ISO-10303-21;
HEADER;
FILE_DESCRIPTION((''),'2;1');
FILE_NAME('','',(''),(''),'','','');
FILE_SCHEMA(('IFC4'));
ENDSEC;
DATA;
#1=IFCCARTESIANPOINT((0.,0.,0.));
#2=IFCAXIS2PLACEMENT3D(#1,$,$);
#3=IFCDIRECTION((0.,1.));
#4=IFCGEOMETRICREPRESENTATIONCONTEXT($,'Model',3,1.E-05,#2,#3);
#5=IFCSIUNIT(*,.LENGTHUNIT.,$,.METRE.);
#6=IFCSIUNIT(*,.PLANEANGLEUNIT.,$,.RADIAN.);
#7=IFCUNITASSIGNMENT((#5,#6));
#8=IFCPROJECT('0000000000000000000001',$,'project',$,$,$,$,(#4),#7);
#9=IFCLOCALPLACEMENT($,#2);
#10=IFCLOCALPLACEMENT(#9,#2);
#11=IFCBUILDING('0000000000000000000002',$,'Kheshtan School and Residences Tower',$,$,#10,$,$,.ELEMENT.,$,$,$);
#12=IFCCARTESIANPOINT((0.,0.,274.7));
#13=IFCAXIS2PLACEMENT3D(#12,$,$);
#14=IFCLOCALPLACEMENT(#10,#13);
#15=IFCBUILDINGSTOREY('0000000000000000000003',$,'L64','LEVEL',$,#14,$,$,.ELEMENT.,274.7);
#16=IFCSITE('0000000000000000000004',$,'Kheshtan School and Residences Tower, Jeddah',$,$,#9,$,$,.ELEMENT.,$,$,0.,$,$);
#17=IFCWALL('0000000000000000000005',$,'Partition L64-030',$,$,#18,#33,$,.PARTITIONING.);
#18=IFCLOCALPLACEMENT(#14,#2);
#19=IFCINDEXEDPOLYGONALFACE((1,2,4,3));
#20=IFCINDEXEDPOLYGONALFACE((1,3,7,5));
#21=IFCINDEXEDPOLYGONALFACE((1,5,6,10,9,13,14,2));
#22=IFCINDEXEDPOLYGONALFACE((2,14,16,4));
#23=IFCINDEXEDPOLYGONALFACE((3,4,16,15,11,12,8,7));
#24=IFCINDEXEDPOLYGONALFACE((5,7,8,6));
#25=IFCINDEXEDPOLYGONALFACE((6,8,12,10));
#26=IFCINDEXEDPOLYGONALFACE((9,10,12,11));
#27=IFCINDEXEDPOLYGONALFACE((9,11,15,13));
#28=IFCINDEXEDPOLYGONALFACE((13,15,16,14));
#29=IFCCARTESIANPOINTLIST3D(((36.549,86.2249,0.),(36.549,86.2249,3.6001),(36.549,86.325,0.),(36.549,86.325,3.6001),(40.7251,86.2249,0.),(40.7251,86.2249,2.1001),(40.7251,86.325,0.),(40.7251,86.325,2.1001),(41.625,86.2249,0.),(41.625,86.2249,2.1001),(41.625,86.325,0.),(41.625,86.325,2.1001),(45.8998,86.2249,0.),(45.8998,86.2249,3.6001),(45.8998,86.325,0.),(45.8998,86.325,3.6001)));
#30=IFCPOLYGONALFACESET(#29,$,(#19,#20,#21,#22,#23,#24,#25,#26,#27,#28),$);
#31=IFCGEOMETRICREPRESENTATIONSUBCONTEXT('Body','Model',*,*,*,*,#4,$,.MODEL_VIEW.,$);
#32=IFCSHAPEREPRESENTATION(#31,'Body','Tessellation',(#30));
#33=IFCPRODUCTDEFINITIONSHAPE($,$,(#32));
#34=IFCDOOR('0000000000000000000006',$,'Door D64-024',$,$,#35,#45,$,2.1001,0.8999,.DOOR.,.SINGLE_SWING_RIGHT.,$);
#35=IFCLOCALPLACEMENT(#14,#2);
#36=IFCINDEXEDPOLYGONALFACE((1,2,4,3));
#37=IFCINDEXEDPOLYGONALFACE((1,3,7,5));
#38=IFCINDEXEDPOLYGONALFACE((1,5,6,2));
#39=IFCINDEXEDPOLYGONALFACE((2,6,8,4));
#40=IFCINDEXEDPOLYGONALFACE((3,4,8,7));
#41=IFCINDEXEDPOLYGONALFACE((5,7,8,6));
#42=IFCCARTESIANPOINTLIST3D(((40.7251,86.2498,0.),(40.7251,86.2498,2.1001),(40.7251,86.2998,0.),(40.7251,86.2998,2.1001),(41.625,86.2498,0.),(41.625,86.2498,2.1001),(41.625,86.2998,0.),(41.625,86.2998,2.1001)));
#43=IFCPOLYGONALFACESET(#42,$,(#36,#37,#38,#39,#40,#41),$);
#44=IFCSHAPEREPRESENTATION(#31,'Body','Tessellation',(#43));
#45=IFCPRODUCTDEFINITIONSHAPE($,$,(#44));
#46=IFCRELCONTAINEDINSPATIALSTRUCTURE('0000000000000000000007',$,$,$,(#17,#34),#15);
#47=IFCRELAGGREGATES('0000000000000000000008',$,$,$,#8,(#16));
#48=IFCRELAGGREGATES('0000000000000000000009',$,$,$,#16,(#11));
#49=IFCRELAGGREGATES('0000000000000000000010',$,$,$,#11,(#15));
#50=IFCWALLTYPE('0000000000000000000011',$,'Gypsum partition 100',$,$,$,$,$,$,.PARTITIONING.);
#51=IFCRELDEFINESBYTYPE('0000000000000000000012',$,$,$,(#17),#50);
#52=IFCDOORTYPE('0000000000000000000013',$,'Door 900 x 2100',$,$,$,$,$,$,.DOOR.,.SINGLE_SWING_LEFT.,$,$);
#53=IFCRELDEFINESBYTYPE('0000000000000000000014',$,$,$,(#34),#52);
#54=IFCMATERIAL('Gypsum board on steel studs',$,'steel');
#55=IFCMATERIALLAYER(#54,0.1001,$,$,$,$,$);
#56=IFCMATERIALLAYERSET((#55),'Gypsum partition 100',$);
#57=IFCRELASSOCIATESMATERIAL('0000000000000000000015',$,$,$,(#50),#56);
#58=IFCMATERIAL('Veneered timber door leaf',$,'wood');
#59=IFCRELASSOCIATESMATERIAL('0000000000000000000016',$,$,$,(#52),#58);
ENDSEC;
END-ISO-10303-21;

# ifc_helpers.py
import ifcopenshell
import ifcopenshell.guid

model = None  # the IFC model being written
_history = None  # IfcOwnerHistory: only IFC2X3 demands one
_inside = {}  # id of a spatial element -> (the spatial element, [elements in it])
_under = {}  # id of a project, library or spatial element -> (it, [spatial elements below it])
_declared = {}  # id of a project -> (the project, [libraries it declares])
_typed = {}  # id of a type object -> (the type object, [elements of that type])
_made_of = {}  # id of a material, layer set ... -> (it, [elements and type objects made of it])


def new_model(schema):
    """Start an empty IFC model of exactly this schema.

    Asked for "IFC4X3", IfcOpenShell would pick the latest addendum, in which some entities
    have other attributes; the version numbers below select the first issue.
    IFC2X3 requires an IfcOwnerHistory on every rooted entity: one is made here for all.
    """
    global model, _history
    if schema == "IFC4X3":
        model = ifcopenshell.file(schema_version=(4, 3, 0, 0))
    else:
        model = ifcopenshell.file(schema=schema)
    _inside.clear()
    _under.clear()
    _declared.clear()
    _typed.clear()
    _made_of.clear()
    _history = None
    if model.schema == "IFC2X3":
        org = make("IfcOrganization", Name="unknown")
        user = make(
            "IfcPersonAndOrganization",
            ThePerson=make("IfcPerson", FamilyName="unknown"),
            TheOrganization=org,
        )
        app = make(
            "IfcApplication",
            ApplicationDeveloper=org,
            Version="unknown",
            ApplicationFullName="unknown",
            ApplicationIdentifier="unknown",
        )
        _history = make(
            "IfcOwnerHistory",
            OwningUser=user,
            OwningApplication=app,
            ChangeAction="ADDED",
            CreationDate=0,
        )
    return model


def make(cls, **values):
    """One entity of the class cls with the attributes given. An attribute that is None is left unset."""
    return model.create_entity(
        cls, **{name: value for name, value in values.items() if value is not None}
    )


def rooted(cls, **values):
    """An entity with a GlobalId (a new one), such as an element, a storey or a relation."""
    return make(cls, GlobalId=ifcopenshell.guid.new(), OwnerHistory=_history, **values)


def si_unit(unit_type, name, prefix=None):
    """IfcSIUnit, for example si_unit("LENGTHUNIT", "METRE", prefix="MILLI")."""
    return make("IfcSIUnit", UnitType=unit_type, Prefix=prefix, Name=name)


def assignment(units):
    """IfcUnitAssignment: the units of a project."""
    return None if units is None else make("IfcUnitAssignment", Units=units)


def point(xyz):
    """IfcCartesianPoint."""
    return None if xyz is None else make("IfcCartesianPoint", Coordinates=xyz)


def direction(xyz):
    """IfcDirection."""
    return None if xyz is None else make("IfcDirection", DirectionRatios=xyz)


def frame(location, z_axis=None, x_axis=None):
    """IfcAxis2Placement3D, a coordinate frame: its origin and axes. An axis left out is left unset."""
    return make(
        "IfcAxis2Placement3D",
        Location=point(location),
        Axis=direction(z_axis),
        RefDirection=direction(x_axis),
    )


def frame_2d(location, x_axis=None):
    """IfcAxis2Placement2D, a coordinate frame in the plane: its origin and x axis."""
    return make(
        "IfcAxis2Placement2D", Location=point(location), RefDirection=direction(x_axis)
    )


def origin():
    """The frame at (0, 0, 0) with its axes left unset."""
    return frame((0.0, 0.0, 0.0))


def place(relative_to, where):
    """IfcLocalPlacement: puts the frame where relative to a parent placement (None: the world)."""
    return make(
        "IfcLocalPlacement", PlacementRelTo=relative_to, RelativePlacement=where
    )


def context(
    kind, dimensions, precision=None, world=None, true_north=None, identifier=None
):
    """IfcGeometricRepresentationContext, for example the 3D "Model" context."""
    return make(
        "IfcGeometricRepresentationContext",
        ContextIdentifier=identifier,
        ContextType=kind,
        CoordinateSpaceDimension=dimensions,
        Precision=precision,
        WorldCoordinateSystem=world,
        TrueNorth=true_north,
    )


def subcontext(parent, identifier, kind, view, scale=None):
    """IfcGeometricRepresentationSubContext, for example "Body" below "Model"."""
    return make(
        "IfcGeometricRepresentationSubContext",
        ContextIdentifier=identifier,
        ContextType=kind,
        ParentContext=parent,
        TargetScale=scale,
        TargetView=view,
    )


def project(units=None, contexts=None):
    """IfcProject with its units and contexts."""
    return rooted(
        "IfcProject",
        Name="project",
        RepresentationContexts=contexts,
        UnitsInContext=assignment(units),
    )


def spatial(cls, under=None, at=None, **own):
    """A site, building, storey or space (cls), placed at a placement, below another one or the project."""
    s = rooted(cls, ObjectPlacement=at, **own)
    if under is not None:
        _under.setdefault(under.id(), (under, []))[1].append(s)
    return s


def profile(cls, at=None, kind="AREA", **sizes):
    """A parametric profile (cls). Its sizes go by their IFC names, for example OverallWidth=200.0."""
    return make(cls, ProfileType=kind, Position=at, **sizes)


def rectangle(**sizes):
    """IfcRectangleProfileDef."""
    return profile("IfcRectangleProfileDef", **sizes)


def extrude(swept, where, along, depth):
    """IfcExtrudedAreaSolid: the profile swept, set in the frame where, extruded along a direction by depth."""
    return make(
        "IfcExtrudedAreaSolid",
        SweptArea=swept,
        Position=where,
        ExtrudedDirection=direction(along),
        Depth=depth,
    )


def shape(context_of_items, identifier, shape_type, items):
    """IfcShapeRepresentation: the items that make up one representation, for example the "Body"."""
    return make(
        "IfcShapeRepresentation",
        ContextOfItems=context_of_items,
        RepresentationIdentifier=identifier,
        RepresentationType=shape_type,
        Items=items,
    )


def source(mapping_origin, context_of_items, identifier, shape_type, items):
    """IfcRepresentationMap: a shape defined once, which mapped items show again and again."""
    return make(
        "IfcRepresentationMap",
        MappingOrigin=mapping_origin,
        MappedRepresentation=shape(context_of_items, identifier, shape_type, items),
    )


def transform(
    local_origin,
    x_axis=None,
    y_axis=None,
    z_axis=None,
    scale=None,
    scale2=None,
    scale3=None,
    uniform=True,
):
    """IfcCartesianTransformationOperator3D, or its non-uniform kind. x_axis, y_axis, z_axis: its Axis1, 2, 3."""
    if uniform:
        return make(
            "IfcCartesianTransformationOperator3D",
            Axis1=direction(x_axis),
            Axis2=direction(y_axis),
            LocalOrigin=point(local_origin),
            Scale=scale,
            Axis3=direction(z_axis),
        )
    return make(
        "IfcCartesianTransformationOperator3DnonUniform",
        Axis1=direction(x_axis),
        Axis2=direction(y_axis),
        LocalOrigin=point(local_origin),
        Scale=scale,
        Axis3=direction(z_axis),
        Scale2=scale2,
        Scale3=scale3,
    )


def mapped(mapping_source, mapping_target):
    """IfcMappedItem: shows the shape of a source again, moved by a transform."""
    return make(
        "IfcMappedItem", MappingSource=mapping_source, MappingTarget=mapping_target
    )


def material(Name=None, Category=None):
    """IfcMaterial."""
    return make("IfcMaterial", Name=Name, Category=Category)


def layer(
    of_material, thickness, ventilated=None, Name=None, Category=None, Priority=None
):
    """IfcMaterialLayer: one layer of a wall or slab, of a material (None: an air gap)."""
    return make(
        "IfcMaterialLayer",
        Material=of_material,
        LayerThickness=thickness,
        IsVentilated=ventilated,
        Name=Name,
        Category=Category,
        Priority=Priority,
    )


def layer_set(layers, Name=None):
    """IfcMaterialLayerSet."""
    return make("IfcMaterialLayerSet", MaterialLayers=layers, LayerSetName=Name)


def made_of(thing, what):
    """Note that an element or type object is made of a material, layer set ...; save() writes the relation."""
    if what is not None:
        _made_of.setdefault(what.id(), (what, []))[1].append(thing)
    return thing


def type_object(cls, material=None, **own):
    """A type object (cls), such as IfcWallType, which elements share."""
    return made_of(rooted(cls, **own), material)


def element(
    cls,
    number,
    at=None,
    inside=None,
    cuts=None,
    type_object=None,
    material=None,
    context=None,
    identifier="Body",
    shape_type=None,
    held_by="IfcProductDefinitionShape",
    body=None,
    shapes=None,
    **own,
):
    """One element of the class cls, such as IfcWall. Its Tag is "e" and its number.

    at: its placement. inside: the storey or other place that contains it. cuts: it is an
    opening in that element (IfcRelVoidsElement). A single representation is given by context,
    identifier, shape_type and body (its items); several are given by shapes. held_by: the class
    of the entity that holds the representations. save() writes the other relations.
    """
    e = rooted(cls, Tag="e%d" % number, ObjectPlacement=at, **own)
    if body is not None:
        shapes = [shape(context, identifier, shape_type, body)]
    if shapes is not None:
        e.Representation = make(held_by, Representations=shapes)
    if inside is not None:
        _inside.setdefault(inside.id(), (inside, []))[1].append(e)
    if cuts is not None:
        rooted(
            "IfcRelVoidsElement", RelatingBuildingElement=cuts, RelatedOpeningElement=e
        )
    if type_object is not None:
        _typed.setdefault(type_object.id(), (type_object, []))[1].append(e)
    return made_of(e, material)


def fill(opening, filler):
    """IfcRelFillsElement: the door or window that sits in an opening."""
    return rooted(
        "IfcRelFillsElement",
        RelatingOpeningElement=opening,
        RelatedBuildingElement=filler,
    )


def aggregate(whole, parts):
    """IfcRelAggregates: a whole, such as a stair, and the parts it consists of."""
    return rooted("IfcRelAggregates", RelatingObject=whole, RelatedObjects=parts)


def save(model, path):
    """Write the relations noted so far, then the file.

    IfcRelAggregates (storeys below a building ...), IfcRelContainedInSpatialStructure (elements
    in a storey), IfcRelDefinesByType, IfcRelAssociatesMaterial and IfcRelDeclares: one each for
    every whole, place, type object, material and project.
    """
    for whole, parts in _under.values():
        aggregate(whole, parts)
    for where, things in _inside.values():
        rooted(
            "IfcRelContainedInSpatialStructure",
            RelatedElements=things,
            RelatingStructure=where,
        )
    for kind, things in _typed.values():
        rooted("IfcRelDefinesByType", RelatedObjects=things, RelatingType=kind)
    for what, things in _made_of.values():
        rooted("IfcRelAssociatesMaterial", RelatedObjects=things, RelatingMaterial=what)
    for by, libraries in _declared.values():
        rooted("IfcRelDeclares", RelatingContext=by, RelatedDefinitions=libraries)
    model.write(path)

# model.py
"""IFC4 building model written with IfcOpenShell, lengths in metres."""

from ifc_helpers import new_model, si_unit, direction, frame, frame_2d, origin, place, context, subcontext, project, spatial, rectangle, extrude, source, transform, mapped, material, layer, layer_set, type_object, element, fill, save


model = new_model("IFC4")

# Units and contexts
model_context = context("Model", 3, precision=1e-05, world=origin(), true_north=direction((0.0, 1.0)))
body_context = subcontext(model_context, "Body", "Model", "MODEL_VIEW")
ifc_project = project(units=[si_unit("LENGTHUNIT", "METRE"), si_unit("PLANEANGLEUNIT", "RADIAN")], contexts=[model_context])

# Site, building, storey
site_placement = place(None, origin())
site = spatial("IfcSite", under=ifc_project, at=site_placement, Name="Kheshtan School and Residences Tower, Jeddah", CompositionType="ELEMENT", RefElevation=0.0)
building_placement = place(site_placement, origin())
building = spatial("IfcBuilding", under=site, at=building_placement, Name="Kheshtan School and Residences Tower", CompositionType="ELEMENT")
storey_placement = place(building_placement, frame((0.0, 0.0, 274.7)))
storey = spatial("IfcBuildingStorey", under=building, at=storey_placement, Name="L64", Description="LEVEL", CompositionType="ELEMENT", Elevation=274.7)

# Wall, opening, door
ifc_material_1 = material(Name="Gypsum board on steel studs", Category="steel")
ifc_layer_1 = layer(ifc_material_1, 0.1001)
ifc_layer_set_1 = layer_set([ifc_layer_1], Name="Gypsum partition 100")
wall_type_1 = type_object("IfcWallType", Name="Gypsum partition 100", PredefinedType="PARTITIONING", material=ifc_layer_set_1)
wall_1_placement = place(storey_placement, frame((36.5491, 86.2749, 0.0), z_axis=(0.0, 0.0, 1.0), x_axis=(1.0, 0.0, 0.0)))
wall_1 = element("IfcWall", 1, at=wall_1_placement, inside=storey, type_object=wall_type_1, Name="Partition L64-030", PredefinedType="PARTITIONING", context=body_context, shape_type="SweptSolid", body=[
    extrude(rectangle(XDim=9.3508, YDim=0.1001, at=frame_2d((4.6753, 0.0))), origin(), (0.0, 0.0, 1.0), 3.6001),
])
opening_1_placement = place(wall_1_placement, frame((4.176, 0.0, 0.0)))
opening_1 = element("IfcOpeningElement", 2, at=opening_1_placement, cuts=wall_1, PredefinedType="OPENING", context=body_context, shape_type="SweptSolid", body=[
    extrude(rectangle(XDim=0.8999, YDim=2.1001, at=frame_2d((0.45, 1.05))), frame((0.0, 0.0601, 0.0), z_axis=(0.0, -1.0, 0.0), x_axis=(1.0, 0.0, 0.0)), (0.0, 0.0, 1.0), 0.1201),
])
ifc_material_2 = material(Name="Veneered timber door leaf", Category="wood")
door_type_1 = type_object("IfcDoorType", Name="Door 900 x 2100", OperationType="SINGLE_SWING_LEFT", PredefinedType="DOOR", material=ifc_material_2)
shared_shape_1 = source(origin(), body_context, "Body", "SweptSolid", [
    extrude(rectangle(XDim=0.8999, YDim=2.1001, at=frame_2d((0.45, 1.05))), frame((0.0, 0.0249, 0.0), z_axis=(0.0, -1.0, 0.0), x_axis=(1.0, 0.0, 0.0)), (0.0, 0.0, 1.0), 0.05),
])
door_1_placement = place(opening_1_placement, origin())
door_1 = element("IfcDoor", 3, at=door_1_placement, inside=storey, type_object=door_type_1, Name="Door D64-024", OperationType="SINGLE_SWING_RIGHT", OverallHeight=2.1001, OverallWidth=0.8999, PredefinedType="DOOR", context=body_context, shape_type="MappedRepresentation", body=[
    mapped(shared_shape_1, transform((0.0, 0.0, 0.0), x_axis=(1.0, 0.0, 0.0), y_axis=(0.0, 1.0, 0.0), z_axis=(0.0, 0.0, 1.0), scale=1.0)),
])
fill(opening_1, door_1)

save(model, "model.ifc")
